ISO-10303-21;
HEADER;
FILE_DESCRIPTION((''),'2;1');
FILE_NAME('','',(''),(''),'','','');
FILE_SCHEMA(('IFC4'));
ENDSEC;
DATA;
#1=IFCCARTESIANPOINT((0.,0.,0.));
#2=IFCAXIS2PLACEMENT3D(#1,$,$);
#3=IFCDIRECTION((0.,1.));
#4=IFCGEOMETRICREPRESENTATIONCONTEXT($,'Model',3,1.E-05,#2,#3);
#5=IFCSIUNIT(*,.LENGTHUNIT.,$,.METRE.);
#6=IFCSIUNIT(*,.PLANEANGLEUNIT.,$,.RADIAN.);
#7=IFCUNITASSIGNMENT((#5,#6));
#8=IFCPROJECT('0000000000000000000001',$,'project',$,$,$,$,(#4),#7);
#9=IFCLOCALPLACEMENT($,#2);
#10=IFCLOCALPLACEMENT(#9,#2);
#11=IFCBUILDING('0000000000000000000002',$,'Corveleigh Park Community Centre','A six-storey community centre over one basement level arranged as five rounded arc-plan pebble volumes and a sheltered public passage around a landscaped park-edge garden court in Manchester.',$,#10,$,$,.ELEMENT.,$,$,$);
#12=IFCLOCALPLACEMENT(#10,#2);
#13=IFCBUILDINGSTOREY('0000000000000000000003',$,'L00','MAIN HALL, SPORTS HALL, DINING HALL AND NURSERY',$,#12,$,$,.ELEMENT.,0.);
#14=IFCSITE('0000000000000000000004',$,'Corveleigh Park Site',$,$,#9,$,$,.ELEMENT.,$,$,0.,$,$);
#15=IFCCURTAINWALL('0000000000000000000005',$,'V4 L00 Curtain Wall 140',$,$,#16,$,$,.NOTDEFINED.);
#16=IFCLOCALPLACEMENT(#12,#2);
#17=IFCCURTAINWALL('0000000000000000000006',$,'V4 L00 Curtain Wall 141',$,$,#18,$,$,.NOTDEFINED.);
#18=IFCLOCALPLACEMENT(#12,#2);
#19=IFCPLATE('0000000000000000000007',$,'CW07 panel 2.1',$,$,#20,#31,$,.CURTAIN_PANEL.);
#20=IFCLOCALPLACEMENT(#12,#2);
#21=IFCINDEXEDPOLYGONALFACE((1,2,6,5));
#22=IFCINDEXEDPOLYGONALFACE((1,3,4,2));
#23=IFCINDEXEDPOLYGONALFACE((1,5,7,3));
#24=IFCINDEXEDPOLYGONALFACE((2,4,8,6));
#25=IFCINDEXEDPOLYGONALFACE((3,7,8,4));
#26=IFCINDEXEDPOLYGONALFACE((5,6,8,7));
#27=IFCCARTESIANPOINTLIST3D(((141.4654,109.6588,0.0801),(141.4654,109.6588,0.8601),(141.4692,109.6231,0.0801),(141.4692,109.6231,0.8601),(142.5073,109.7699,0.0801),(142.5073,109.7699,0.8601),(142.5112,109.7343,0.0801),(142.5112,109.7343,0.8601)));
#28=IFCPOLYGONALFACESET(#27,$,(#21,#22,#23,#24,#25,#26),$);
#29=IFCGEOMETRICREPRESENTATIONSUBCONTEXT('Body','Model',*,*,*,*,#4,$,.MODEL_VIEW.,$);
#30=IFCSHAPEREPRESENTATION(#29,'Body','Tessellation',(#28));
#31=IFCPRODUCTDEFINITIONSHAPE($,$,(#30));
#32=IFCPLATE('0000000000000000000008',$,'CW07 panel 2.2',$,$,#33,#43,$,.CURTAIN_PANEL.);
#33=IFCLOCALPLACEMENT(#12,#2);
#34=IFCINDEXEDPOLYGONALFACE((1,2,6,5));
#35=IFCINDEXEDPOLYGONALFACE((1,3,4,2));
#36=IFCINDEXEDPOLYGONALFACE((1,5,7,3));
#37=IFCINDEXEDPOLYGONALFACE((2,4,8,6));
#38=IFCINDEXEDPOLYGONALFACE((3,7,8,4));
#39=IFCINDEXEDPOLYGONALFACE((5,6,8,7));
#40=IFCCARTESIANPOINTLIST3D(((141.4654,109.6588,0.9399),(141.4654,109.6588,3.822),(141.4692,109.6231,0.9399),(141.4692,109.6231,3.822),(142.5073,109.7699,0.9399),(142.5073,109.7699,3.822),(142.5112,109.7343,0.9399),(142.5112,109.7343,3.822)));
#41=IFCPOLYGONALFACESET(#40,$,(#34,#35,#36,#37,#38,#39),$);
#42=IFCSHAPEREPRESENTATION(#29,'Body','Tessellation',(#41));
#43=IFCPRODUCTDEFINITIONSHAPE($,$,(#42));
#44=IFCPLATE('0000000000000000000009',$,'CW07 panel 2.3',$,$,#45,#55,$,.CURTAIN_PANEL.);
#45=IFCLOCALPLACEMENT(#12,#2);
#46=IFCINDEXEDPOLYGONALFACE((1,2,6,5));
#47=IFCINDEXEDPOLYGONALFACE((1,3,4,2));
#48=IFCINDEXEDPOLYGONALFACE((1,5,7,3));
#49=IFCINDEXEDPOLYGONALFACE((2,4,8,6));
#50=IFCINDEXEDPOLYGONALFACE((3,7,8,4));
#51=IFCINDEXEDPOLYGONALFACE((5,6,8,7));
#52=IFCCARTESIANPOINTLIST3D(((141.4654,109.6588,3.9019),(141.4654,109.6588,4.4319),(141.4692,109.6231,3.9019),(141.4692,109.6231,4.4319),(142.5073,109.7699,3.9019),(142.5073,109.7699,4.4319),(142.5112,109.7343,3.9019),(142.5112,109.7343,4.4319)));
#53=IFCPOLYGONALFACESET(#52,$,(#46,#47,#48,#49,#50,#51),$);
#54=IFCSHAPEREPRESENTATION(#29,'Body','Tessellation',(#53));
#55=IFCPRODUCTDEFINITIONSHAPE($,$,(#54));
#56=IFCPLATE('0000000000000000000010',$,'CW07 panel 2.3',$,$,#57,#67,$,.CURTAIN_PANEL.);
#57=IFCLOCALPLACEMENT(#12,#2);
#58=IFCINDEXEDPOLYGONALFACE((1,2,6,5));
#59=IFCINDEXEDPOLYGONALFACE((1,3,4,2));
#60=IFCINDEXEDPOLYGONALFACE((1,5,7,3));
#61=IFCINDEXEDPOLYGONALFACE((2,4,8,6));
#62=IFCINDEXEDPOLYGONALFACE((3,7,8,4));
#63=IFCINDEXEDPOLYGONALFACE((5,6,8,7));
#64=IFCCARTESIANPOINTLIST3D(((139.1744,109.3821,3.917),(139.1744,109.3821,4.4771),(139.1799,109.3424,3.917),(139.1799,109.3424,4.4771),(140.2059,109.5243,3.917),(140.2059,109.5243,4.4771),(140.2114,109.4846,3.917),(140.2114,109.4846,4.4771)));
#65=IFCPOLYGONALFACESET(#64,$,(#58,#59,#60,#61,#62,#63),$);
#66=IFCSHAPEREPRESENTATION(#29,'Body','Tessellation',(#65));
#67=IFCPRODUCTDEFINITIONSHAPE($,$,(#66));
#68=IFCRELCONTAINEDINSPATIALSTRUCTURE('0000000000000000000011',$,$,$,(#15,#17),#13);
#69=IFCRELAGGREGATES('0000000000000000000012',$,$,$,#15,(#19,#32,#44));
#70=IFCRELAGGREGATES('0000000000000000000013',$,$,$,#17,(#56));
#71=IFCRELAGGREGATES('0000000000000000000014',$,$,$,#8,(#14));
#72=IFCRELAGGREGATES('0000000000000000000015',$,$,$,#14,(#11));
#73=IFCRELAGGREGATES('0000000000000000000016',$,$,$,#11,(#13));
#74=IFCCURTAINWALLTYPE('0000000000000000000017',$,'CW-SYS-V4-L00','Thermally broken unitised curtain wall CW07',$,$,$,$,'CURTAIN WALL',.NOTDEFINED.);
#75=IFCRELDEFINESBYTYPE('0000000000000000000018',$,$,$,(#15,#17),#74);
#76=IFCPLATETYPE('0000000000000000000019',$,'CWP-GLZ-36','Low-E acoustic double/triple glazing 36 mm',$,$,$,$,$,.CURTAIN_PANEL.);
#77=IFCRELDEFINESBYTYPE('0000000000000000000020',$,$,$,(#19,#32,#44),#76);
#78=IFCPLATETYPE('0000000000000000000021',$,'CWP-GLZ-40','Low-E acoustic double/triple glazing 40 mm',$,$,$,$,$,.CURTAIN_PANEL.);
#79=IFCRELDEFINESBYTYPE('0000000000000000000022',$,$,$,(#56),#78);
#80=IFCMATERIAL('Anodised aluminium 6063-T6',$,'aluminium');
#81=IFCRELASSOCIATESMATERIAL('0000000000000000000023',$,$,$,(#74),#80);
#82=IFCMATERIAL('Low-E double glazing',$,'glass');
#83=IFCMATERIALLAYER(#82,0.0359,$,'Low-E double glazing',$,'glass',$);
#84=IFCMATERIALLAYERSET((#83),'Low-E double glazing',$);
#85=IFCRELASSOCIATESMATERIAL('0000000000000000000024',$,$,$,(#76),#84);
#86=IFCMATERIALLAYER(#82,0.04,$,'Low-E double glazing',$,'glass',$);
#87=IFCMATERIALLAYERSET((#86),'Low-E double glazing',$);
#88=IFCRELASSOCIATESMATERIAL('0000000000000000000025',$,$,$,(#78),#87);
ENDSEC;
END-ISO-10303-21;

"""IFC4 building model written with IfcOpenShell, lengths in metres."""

from ifc_helpers import new_model, si_unit, direction, frame, origin, origin_2d, place, context, subcontext, project, spatial, rectangle, extrude, material, layer, layer_set, type_object, element, aggregate, save


model = new_model("IFC4")

# Units and contexts
model_context = context("Model", 3, precision=1e-05, world=origin(), true_north=direction((0.0, 1.0)))
body_context = subcontext(model_context, "Body", "Model", "MODEL_VIEW")
ifc_project = project(units=[si_unit("LENGTHUNIT", "METRE"), si_unit("PLANEANGLEUNIT", "RADIAN")], contexts=[model_context])

# Site, building, storey
site_placement = place(None, origin())
site = spatial("IfcSite", under=ifc_project, at=site_placement, Name="Corveleigh Park Site", CompositionType="ELEMENT", RefElevation=0.0)
building_placement = place(site_placement, origin())
building = spatial("IfcBuilding", under=site, at=building_placement, Name="Corveleigh Park Community Centre", Description="A six-storey community centre over one basement level arranged as five rounded arc-plan pebble volumes and a sheltered public passage around a landscaped park-edge garden court in Manchester.", CompositionType="ELEMENT")
storey_placement = place(building_placement, origin())
storey = spatial("IfcBuildingStorey", under=building, at=storey_placement, Name="L00", Description="MAIN HALL, SPORTS HALL, DINING HALL AND NURSERY", CompositionType="ELEMENT", Elevation=0.0)

# Curtain wall
ifc_material_1 = material(Name="Anodised aluminium 6063-T6", Category="aluminium")
curtain_wall_type = type_object("IfcCurtainWallType", Name="CW-SYS-V4-L00", Description="Thermally broken unitised curtain wall CW07", ElementType="CURTAIN WALL", PredefinedType="NOTDEFINED", material=ifc_material_1)
curtain_wall_1_placement = place(storey_placement, origin())
curtain_wall_1 = element("IfcCurtainWall", 1, at=curtain_wall_1_placement, inside=storey, type_object=curtain_wall_type, Name="V4 L00 Curtain Wall 140", PredefinedType="NOTDEFINED")

# Curtain wall
curtain_wall_2_placement = place(storey_placement, origin())
curtain_wall_2 = element("IfcCurtainWall", 2, at=curtain_wall_2_placement, inside=storey, type_object=curtain_wall_type, Name="V4 L00 Curtain Wall 141", PredefinedType="NOTDEFINED")

# Plates
ifc_material_2 = material(Name="Low-E double glazing", Category="glass")
ifc_layer_1 = layer(ifc_material_2, 0.0359, Name="Low-E double glazing", Category="glass")
ifc_layer_set_1 = layer_set([ifc_layer_1], Name="Low-E double glazing")
plate_type_1 = type_object("IfcPlateType", Name="CWP-GLZ-36", Description="Low-E acoustic double/triple glazing 36 mm", PredefinedType="CURTAIN_PANEL", material=ifc_layer_set_1)
plate_1_placement = place(storey_placement, frame((141.9883, 109.6965, 0.0801), z_axis=(0.0, 0.0, 1.0), x_axis=(0.994359, 0.106071, 0.0)))
plate_1 = element("IfcPlate", 3, at=plate_1_placement, type_object=plate_type_1, Name="CW07 panel 2.1", PredefinedType="CURTAIN_PANEL", context=body_context, shape_type="SweptSolid", body=[
    extrude(rectangle(XDim=1.0479, YDim=0.0359, at=origin_2d()), origin(), (0.0, 0.0, 1.0), 0.78),
])
plate_2_placement = place(storey_placement, frame((141.9883, 109.6965, 0.9399), z_axis=(0.0, 0.0, 1.0), x_axis=(0.994359, 0.106071, 0.0)))
plate_2 = element("IfcPlate", 4, at=plate_2_placement, type_object=plate_type_1, Name="CW07 panel 2.2", PredefinedType="CURTAIN_PANEL", context=body_context, shape_type="SweptSolid", body=[
    extrude(rectangle(XDim=1.0479, YDim=0.0359, at=origin_2d()), origin(), (0.0, 0.0, 1.0), 2.8821),
])
plate_3_placement = place(storey_placement, frame((141.9883, 109.6965, 3.9019), z_axis=(0.0, 0.0, 1.0), x_axis=(0.994359, 0.106071, 0.0)))
plate_3 = element("IfcPlate", 5, at=plate_3_placement, type_object=plate_type_1, Name="CW07 panel 2.3", PredefinedType="CURTAIN_PANEL", context=body_context, shape_type="SweptSolid", body=[
    extrude(rectangle(XDim=1.0479, YDim=0.0359, at=origin_2d()), origin(), (0.0, 0.0, 1.0), 0.53),
])
aggregate(curtain_wall_1, [plate_1, plate_2, plate_3])
ifc_layer_2 = layer(ifc_material_2, 0.04, Name="Low-E double glazing", Category="glass")
ifc_layer_set_2 = layer_set([ifc_layer_2], Name="Low-E double glazing")
plate_type_2 = type_object("IfcPlateType", Name="CWP-GLZ-40", Description="Low-E acoustic double/triple glazing 40 mm", PredefinedType="CURTAIN_PANEL", material=ifc_layer_set_2)
plate_4_placement = place(storey_placement, frame((139.6929, 109.4333, 3.917), z_axis=(0.0, 0.0, 1.0), x_axis=(0.990635, 0.136534, 0.0)))
plate_4 = element("IfcPlate", 6, at=plate_4_placement, type_object=plate_type_2, Name="CW07 panel 2.3", PredefinedType="CURTAIN_PANEL", context=body_context, shape_type="SweptSolid", body=[
    extrude(rectangle(XDim=1.0413, YDim=0.04, at=origin_2d()), origin(), (0.0, 0.0, 1.0), 0.5601),
])
aggregate(curtain_wall_2, [plate_4])

save(model, "model.ifc")
